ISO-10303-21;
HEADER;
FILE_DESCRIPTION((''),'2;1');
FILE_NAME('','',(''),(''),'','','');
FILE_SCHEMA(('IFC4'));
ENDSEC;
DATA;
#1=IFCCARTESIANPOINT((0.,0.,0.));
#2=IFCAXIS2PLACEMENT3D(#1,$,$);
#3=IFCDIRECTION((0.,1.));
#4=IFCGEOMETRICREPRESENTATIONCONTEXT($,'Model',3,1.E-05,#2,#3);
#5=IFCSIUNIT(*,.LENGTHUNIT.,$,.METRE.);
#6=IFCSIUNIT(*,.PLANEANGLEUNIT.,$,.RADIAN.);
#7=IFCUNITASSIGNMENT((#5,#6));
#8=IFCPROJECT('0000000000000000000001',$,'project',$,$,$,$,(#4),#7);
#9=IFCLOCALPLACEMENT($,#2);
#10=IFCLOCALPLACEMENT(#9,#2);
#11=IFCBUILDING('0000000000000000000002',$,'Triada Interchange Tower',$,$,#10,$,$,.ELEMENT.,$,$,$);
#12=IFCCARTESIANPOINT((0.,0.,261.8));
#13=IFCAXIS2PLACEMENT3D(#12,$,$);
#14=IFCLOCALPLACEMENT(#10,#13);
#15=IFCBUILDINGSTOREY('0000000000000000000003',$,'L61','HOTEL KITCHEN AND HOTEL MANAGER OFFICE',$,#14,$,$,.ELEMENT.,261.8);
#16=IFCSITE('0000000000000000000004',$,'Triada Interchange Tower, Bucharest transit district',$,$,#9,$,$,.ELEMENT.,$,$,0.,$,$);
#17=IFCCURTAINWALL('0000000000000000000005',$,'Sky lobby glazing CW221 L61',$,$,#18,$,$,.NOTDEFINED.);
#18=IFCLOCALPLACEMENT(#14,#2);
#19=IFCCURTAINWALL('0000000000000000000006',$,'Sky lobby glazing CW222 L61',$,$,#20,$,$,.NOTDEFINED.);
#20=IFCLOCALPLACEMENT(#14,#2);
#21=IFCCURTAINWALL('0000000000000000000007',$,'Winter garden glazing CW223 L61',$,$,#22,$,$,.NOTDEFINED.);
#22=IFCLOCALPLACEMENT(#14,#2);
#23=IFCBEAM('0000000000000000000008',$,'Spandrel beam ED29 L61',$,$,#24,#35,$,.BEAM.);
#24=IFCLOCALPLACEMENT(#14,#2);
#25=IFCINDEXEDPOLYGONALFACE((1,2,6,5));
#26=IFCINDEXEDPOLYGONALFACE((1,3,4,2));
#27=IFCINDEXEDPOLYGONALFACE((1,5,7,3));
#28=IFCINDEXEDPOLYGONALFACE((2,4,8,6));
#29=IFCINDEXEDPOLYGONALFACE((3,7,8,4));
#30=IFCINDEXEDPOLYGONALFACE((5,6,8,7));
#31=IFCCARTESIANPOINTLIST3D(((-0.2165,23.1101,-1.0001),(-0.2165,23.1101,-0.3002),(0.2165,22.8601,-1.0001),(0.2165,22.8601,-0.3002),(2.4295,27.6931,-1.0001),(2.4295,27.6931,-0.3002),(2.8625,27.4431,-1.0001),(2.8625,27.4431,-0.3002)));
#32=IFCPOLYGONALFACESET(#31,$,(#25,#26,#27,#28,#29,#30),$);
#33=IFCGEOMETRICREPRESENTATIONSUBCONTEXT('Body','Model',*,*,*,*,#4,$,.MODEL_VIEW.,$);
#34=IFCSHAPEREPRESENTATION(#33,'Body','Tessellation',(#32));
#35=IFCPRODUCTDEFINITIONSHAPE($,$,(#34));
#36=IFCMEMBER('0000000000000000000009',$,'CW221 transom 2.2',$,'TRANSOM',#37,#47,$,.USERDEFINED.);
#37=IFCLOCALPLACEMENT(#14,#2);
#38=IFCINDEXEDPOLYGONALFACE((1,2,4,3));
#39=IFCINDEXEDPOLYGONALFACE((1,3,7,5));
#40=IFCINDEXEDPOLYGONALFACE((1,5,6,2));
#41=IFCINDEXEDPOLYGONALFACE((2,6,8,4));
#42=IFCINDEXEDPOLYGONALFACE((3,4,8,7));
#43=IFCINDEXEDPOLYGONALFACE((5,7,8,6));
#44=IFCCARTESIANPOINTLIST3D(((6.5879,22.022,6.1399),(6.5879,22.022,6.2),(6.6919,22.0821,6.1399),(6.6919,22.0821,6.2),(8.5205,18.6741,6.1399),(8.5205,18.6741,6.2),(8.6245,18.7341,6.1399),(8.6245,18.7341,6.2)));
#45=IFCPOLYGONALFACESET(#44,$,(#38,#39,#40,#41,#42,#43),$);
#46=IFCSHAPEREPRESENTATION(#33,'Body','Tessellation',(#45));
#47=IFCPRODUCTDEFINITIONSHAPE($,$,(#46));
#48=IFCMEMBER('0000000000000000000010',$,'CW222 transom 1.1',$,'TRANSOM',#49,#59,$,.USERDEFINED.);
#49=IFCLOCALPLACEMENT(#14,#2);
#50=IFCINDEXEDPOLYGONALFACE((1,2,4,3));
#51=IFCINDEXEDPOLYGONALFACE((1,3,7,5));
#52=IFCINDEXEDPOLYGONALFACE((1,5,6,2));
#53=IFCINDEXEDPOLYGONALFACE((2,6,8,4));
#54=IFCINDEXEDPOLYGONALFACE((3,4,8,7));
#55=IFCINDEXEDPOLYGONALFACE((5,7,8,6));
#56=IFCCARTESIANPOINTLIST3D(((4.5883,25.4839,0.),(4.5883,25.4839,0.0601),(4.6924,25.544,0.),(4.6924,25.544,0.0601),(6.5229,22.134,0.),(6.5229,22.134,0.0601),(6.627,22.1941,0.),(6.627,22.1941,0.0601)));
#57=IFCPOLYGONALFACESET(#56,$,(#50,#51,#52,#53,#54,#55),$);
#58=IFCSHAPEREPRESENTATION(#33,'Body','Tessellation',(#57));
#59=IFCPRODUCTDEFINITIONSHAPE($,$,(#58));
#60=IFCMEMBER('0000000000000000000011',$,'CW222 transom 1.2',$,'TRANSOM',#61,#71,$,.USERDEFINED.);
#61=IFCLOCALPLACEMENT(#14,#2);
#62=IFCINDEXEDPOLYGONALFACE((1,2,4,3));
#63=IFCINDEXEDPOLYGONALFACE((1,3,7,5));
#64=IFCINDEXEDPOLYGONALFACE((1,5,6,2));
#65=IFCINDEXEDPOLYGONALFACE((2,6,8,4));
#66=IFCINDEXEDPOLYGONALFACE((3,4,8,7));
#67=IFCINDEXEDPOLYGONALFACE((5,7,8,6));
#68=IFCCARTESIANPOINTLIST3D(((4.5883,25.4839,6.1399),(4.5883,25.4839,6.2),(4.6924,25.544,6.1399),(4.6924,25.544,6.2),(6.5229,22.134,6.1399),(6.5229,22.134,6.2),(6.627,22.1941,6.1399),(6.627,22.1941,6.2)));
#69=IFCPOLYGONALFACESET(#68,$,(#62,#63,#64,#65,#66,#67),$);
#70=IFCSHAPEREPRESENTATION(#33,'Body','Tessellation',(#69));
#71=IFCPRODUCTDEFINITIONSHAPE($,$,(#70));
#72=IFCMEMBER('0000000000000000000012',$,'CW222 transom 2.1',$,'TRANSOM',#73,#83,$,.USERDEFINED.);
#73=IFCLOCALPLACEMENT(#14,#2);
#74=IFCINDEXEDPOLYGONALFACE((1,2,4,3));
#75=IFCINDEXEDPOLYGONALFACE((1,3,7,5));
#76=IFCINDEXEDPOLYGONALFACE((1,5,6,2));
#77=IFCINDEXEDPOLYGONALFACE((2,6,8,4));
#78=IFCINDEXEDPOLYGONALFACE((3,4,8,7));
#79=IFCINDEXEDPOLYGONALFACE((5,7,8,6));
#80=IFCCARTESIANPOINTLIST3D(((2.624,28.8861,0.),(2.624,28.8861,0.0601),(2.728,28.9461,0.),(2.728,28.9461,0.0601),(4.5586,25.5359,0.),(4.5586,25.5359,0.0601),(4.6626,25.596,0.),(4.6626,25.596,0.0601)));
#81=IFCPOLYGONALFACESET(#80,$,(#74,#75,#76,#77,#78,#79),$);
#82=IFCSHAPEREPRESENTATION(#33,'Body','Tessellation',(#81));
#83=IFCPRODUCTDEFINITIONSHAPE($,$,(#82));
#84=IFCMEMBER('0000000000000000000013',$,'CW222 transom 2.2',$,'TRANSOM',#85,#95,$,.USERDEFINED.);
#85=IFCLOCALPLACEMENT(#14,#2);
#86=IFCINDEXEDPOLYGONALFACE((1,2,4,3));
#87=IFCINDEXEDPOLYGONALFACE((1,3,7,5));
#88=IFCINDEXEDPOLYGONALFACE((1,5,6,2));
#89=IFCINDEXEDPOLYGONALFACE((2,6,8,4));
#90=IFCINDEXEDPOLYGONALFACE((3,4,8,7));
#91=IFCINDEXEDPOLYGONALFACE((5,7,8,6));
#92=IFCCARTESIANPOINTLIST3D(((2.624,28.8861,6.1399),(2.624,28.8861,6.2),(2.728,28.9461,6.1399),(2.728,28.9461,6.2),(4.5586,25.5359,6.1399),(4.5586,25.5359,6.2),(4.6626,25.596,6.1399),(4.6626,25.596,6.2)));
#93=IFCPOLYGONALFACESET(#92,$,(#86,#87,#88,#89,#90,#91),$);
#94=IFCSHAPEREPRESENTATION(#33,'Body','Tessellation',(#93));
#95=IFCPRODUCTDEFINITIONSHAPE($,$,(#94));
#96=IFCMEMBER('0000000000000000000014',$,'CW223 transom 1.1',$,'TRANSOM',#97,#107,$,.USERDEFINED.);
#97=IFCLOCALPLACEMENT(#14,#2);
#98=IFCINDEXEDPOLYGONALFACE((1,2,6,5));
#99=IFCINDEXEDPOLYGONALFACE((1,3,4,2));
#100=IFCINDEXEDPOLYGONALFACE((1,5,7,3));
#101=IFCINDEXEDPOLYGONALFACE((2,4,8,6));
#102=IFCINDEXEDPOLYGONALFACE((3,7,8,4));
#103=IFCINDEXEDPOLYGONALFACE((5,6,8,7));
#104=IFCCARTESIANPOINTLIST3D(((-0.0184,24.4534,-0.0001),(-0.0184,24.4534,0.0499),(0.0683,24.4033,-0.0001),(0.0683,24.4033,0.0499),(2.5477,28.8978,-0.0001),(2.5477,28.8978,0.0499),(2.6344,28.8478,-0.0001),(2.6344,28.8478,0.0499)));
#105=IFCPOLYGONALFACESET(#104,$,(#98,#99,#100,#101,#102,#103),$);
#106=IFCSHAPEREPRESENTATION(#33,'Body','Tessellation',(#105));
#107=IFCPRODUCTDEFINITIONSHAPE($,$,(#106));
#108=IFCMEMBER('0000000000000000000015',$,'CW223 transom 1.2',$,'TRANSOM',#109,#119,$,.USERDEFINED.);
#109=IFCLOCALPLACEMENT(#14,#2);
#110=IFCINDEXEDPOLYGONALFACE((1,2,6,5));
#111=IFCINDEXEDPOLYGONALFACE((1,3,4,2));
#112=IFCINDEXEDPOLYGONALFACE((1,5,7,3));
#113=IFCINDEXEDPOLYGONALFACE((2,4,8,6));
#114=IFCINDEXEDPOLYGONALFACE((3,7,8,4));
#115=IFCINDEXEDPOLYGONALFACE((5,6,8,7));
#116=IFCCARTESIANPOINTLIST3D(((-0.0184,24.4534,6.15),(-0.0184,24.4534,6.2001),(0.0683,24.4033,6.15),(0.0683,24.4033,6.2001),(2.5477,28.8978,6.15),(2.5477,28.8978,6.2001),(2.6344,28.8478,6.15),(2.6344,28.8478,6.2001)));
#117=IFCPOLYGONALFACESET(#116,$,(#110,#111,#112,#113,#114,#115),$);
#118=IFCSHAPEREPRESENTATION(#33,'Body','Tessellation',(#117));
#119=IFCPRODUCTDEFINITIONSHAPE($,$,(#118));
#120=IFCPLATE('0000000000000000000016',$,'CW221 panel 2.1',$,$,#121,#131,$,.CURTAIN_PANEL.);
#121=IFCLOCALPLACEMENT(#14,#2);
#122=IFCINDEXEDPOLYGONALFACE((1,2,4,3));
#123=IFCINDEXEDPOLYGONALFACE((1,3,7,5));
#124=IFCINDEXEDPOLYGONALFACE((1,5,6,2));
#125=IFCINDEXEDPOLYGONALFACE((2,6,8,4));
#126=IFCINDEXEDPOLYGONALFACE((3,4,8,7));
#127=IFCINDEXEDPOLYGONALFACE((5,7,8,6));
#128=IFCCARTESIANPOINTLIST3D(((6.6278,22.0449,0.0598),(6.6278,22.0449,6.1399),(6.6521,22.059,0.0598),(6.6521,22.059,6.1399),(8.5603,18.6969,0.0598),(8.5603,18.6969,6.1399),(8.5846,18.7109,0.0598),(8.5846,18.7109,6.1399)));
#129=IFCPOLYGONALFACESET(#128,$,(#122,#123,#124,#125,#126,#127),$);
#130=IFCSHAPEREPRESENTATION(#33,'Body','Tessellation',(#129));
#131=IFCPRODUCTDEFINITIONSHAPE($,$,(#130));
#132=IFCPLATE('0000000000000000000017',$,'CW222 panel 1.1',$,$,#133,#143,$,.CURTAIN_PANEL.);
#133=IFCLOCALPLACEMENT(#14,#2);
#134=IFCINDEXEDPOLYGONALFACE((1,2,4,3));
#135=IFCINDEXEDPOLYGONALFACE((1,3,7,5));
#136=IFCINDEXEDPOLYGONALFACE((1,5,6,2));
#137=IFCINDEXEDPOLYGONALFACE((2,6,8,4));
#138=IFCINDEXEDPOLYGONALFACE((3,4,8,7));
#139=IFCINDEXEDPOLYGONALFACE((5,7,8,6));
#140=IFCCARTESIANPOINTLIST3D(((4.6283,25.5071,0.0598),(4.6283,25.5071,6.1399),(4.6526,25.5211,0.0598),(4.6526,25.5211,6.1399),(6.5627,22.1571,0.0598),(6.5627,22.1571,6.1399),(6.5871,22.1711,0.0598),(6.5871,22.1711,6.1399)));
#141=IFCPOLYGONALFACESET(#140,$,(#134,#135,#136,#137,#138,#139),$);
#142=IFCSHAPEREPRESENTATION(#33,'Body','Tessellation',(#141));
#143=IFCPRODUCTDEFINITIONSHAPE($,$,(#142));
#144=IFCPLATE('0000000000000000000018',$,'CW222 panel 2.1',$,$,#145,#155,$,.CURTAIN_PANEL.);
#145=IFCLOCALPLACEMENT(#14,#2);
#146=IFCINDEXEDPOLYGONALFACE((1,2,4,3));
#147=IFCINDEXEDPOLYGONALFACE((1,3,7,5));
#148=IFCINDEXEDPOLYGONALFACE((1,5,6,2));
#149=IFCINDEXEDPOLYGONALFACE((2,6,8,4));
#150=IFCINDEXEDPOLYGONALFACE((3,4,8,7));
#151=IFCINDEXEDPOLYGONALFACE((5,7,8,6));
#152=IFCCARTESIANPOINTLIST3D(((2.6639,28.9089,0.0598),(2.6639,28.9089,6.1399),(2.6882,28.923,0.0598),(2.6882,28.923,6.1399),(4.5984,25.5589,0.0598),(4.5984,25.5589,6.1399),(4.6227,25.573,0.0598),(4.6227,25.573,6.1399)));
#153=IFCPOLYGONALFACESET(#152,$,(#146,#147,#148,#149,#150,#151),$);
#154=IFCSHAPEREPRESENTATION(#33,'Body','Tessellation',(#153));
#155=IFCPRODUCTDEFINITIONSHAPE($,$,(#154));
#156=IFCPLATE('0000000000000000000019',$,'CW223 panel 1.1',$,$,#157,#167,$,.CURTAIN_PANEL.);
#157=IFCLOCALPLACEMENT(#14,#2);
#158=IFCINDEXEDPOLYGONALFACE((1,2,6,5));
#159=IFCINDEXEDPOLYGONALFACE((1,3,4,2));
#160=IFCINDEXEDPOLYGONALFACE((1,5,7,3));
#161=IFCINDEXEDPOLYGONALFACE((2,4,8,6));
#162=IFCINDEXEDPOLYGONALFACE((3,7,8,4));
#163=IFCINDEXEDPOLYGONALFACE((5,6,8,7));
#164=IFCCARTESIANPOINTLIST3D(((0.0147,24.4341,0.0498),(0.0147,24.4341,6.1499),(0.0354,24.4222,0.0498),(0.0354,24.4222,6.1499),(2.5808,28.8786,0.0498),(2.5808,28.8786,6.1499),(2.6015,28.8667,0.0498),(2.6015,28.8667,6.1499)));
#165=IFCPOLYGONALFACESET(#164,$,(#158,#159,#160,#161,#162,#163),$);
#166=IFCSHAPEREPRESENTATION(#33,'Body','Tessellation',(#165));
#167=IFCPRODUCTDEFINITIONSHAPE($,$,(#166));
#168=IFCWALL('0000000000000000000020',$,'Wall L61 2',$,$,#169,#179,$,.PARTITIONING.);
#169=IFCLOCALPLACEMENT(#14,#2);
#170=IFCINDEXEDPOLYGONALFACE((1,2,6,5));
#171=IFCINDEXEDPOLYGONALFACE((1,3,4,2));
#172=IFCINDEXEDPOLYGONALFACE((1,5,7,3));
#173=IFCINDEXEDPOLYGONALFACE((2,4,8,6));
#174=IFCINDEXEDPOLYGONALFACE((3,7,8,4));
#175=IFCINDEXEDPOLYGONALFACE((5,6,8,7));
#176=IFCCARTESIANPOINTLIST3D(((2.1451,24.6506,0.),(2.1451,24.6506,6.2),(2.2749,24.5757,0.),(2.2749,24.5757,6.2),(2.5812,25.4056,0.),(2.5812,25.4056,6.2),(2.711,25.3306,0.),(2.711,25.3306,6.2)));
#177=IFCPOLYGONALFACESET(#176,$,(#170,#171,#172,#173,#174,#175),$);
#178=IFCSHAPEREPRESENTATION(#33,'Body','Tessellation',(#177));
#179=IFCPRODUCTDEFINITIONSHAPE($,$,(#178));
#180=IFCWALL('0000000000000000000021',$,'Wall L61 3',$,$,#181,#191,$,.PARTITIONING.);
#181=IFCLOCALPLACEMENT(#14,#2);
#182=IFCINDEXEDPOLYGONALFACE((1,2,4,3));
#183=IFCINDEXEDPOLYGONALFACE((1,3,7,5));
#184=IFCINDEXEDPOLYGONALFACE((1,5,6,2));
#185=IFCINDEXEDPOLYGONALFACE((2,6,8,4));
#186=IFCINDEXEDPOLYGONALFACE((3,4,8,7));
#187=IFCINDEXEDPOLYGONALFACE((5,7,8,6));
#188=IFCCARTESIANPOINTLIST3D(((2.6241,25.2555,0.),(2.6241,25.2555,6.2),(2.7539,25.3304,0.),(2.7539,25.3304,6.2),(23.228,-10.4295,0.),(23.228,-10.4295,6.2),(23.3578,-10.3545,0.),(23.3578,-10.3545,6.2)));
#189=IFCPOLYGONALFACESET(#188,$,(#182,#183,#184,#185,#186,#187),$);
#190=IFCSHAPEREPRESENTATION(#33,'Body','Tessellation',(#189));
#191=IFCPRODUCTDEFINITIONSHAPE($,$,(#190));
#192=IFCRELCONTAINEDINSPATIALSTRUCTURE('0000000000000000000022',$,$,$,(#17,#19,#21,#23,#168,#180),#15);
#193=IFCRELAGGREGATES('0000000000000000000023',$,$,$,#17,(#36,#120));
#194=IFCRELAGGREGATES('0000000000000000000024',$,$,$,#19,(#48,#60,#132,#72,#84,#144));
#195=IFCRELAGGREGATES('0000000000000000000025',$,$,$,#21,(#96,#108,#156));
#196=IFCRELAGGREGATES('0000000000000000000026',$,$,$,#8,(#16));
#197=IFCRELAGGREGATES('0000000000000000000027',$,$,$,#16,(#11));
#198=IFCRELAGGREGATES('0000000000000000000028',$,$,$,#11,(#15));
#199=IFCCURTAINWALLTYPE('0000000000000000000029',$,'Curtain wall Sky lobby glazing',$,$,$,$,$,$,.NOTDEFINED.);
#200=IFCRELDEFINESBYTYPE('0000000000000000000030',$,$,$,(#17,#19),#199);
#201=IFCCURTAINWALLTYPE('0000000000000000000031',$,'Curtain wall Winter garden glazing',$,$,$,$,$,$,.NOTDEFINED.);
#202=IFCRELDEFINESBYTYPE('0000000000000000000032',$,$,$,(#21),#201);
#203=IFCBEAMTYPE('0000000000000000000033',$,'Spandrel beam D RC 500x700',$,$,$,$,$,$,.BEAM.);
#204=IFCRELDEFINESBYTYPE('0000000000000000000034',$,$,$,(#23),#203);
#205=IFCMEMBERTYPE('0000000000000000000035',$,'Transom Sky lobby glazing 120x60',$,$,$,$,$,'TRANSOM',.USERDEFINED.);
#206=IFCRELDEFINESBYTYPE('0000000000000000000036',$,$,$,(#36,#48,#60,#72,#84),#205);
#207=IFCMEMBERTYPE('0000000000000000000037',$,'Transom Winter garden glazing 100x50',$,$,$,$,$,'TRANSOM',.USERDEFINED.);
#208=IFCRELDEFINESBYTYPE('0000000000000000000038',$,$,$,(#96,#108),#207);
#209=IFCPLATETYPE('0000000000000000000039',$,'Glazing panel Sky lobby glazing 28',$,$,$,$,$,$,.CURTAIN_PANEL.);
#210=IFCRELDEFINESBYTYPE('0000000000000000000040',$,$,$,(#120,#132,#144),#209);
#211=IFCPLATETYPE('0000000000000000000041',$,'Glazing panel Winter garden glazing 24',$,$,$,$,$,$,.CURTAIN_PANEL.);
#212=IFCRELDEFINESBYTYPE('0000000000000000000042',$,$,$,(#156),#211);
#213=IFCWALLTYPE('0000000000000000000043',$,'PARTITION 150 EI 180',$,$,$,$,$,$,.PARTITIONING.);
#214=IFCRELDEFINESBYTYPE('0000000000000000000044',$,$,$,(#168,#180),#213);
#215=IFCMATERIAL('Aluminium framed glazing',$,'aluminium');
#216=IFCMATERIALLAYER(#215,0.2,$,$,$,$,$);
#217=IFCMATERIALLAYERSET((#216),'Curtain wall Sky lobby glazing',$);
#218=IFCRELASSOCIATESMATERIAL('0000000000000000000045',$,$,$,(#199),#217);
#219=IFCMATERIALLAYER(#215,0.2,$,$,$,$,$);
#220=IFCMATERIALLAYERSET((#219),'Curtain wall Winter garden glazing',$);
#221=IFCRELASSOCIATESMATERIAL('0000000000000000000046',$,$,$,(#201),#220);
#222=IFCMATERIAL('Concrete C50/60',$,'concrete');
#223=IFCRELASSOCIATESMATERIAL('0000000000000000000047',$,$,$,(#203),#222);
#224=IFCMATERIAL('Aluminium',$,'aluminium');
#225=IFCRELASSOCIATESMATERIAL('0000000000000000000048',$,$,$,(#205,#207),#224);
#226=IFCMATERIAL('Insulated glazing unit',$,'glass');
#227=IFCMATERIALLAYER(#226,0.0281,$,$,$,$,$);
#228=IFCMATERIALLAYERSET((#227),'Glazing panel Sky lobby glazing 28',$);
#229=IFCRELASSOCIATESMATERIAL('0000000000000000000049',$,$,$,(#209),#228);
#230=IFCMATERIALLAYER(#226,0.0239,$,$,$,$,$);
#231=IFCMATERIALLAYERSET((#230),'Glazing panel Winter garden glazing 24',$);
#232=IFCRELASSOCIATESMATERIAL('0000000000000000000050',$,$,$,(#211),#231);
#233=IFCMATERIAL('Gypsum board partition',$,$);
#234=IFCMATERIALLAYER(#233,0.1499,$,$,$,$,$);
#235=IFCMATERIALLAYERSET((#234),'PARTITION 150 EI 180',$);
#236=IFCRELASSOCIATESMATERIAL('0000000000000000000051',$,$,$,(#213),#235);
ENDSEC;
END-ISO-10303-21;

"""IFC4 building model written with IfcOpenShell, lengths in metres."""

from ifc_helpers import new_model, si_unit, direction, frame, frame_2d, origin, origin_2d, place, context, subcontext, project, spatial, rectangle, extrude, material, layer, layer_set, material_profile, profile_set, type_object, element, aggregate, save


model = new_model("IFC4")

# Units and contexts
model_context = context("Model", 3, precision=1e-05, world=origin(), true_north=direction((0.0, 1.0)))
body_context = subcontext(model_context, "Body", "Model", "MODEL_VIEW")
ifc_project = project(units=[si_unit("LENGTHUNIT", "METRE"), si_unit("PLANEANGLEUNIT", "RADIAN")], contexts=[model_context])

# Site, building, storey
site_placement = place(None, origin())
site = spatial("IfcSite", under=ifc_project, at=site_placement, Name="Triada Interchange Tower, Bucharest transit district", CompositionType="ELEMENT", RefElevation=0.0)
building_placement = place(site_placement, origin())
building = spatial("IfcBuilding", under=site, at=building_placement, Name="Triada Interchange Tower", CompositionType="ELEMENT")
storey_placement = place(building_placement, frame((0.0, 0.0, 261.8)))
storey = spatial("IfcBuildingStorey", under=building, at=storey_placement, Name="L61", Description="HOTEL KITCHEN AND HOTEL MANAGER OFFICE", CompositionType="ELEMENT", Elevation=261.8)

# Curtain wall
ifc_material_1 = material(Name="Aluminium framed glazing", Category="aluminium")
ifc_layer_1 = layer(ifc_material_1, 0.2)
ifc_layer_set_1 = layer_set([ifc_layer_1], Name="Curtain wall Sky lobby glazing")
curtain_wall_type_1 = type_object("IfcCurtainWallType", Name="Curtain wall Sky lobby glazing", PredefinedType="NOTDEFINED", material=ifc_layer_set_1)
curtain_wall_1_placement = place(storey_placement, origin())
curtain_wall_1 = element("IfcCurtainWall", 1, at=curtain_wall_1_placement, inside=storey, type_object=curtain_wall_type_1, Name="Sky lobby glazing CW221 L61", PredefinedType="NOTDEFINED")
ifc_material_2 = material(Name="Aluminium", Category="aluminium")

# Curtain walls
curtain_wall_2_placement = place(storey_placement, origin())
curtain_wall_2 = element("IfcCurtainWall", 2, at=curtain_wall_2_placement, inside=storey, type_object=curtain_wall_type_1, Name="Sky lobby glazing CW222 L61", PredefinedType="NOTDEFINED")
ifc_layer_2 = layer(ifc_material_1, 0.2)
ifc_layer_set_2 = layer_set([ifc_layer_2], Name="Curtain wall Winter garden glazing")
curtain_wall_type_2 = type_object("IfcCurtainWallType", Name="Curtain wall Winter garden glazing", PredefinedType="NOTDEFINED", material=ifc_layer_set_2)
curtain_wall_3_placement = place(storey_placement, origin())
curtain_wall_3 = element("IfcCurtainWall", 3, at=curtain_wall_3_placement, inside=storey, type_object=curtain_wall_type_2, Name="Winter garden glazing CW223 L61", PredefinedType="NOTDEFINED")

# Beam
ifc_material_3 = material(Name="Concrete C50/60", Category="concrete")
ifc_material_profile_1 = material_profile(ifc_material_3, rectangle(XDim=0.5, YDim=0.7, at=origin_2d()), Name="RC 500x700")
ifc_profile_set_1 = profile_set([ifc_material_profile_1], Name="Concrete C50/60")
beam_type_1 = type_object("IfcBeamType", Name="Spandrel beam D RC 500x700", PredefinedType="BEAM", material=ifc_profile_set_1)
beam_1_placement = place(storey_placement, frame((2.646, 27.5681, -0.6501), z_axis=(-0.499999, -0.866026, 0.0), x_axis=(0.866026, -0.499999, 0.0)))
element("IfcBeam", 4, at=beam_1_placement, inside=storey, type_object=beam_type_1, Name="Spandrel beam ED29 L61", PredefinedType="BEAM", context=body_context, shape_type="SweptSolid", body=[
    extrude(rectangle(XDim=0.5, YDim=0.7, at=origin_2d()), origin(), (0.0, 0.0, 1.0), 5.292),
])

# Members
ifc_material_profile_2 = material_profile(ifc_material_2, rectangle(XDim=0.1201, YDim=0.0601, at=origin_2d()), Name="Aluminium transom")
ifc_profile_set_2 = profile_set([ifc_material_profile_2], Name="Aluminium")
member_type_1 = type_object("IfcMemberType", Name="Transom Sky lobby glazing 120x60", ElementType="TRANSOM", PredefinedType="USERDEFINED", material=ifc_profile_set_2)
member_1_placement = place(storey_placement, frame((8.5725, 18.7041, 6.1699), z_axis=(-0.499943, 0.866058, 0.0), x_axis=(-0.866058, -0.499943, 0.0)))
member_1 = element("IfcMember", 5, at=member_1_placement, type_object=member_type_1, Name="CW221 transom 2.2", ObjectType="TRANSOM", PredefinedType="USERDEFINED", context=body_context, shape_type="SweptSolid", body=[
    extrude(rectangle(XDim=0.1201, YDim=0.0601, at=origin_2d()), origin(), (0.0, 0.0, 1.0), 3.8657),
])
member_2_placement = place(storey_placement, frame((6.575, 22.1641, 0.03), z_axis=(-0.500103, 0.865966, 0.0), x_axis=(-0.865966, -0.500103, 0.0)))
member_2 = element("IfcMember", 6, at=member_2_placement, type_object=member_type_1, Name="CW222 transom 1.1", ObjectType="TRANSOM", PredefinedType="USERDEFINED", context=body_context, shape_type="SweptSolid", body=[
    extrude(rectangle(XDim=0.1201, YDim=0.0601, at=origin_2d()), origin(), (0.0, 0.0, 1.0), 3.8684),
])
member_3_placement = place(storey_placement, frame((6.575, 22.1641, 6.1699), z_axis=(-0.500103, 0.865966, 0.0), x_axis=(-0.865966, -0.500103, 0.0)))
member_3 = element("IfcMember", 7, at=member_3_placement, type_object=member_type_1, Name="CW222 transom 1.2", ObjectType="TRANSOM", PredefinedType="USERDEFINED", context=body_context, shape_type="SweptSolid", body=[
    extrude(rectangle(XDim=0.1201, YDim=0.0601, at=origin_2d()), origin(), (0.0, 0.0, 1.0), 3.8684),
])
member_4_placement = place(storey_placement, frame((4.6106, 25.5659, 0.03), z_axis=(-0.500076, 0.865982, 0.0), x_axis=(-0.865982, -0.500076, 0.0)))
member_4 = element("IfcMember", 8, at=member_4_placement, type_object=member_type_1, Name="CW222 transom 2.1", ObjectType="TRANSOM", PredefinedType="USERDEFINED", context=body_context, shape_type="SweptSolid", body=[
    extrude(rectangle(XDim=0.1201, YDim=0.0601, at=origin_2d()), origin(), (0.0, 0.0, 1.0), 3.8687),
])
member_5_placement = place(storey_placement, frame((4.6106, 25.5659, 6.1699), z_axis=(-0.500076, 0.865982, 0.0), x_axis=(-0.865982, -0.500076, 0.0)))
member_5 = element("IfcMember", 9, at=member_5_placement, type_object=member_type_1, Name="CW222 transom 2.2", ObjectType="TRANSOM", PredefinedType="USERDEFINED", context=body_context, shape_type="SweptSolid", body=[
    extrude(rectangle(XDim=0.1201, YDim=0.0601, at=origin_2d()), origin(), (0.0, 0.0, 1.0), 3.8687),
])
ifc_material_profile_3 = material_profile(ifc_material_2, rectangle(XDim=0.1001, YDim=0.05, at=origin_2d()), Name="Aluminium transom")
ifc_profile_set_3 = profile_set([ifc_material_profile_3], Name="Aluminium")
member_type_2 = type_object("IfcMemberType", Name="Transom Winter garden glazing 100x50", ElementType="TRANSOM", PredefinedType="USERDEFINED", material=ifc_profile_set_3)
member_6_placement = place(storey_placement, frame((2.5911, 28.8728, 0.0249), z_axis=(-0.500012, -0.866018, 0.0), x_axis=(0.866018, -0.500012, 0.0)))
member_6 = element("IfcMember", 10, at=member_6_placement, type_object=member_type_2, Name="CW223 transom 1.1", ObjectType="TRANSOM", PredefinedType="USERDEFINED", context=body_context, shape_type="SweptSolid", body=[
    extrude(rectangle(XDim=0.1001, YDim=0.05, at=origin_2d()), origin(), (0.0, 0.0, 1.0), 5.1321),
])
member_7_placement = place(storey_placement, frame((2.5911, 28.8728, 6.175), z_axis=(-0.500012, -0.866018, 0.0), x_axis=(0.866018, -0.500012, 0.0)))
member_7 = element("IfcMember", 11, at=member_7_placement, type_object=member_type_2, Name="CW223 transom 1.2", ObjectType="TRANSOM", PredefinedType="USERDEFINED", context=body_context, shape_type="SweptSolid", body=[
    extrude(rectangle(XDim=0.1001, YDim=0.05, at=origin_2d()), origin(), (0.0, 0.0, 1.0), 5.1321),
])

# Plates
ifc_material_4 = material(Name="Insulated glazing unit", Category="glass")
ifc_layer_3 = layer(ifc_material_4, 0.0281)
ifc_layer_set_3 = layer_set([ifc_layer_3], Name="Glazing panel Sky lobby glazing 28")
plate_type_1 = type_object("IfcPlateType", Name="Glazing panel Sky lobby glazing 28", PredefinedType="CURTAIN_PANEL", material=ifc_layer_set_3)
plate_1_placement = place(storey_placement, frame((7.6062, 20.3779, 0.0598), z_axis=(0.0, 0.0, 1.0), x_axis=(-0.499905, 0.86608, 0.0)))
plate_1 = element("IfcPlate", 12, at=plate_1_placement, type_object=plate_type_1, Name="CW221 panel 2.1", PredefinedType="CURTAIN_PANEL", context=body_context, shape_type="SweptSolid", body=[
    extrude(rectangle(XDim=3.8657, YDim=0.0281, at=origin_2d()), origin(), (0.0, 0.0, 1.0), 6.0801),
])
aggregate(curtain_wall_1, [member_1, plate_1])
plate_2_placement = place(storey_placement, frame((5.6077, 23.8391, 0.0598), z_axis=(0.0, 0.0, 1.0), x_axis=(-0.500065, 0.865988, 0.0)))
plate_2 = element("IfcPlate", 13, at=plate_2_placement, type_object=plate_type_1, Name="CW222 panel 1.1", PredefinedType="CURTAIN_PANEL", context=body_context, shape_type="SweptSolid", body=[
    extrude(rectangle(XDim=3.8684, YDim=0.0281, at=origin_2d()), origin(), (0.0, 0.0, 1.0), 6.0801),
])
plate_3_placement = place(storey_placement, frame((3.6433, 27.241, 0.0598), z_axis=(0.0, 0.0, 1.0), x_axis=(-0.500065, 0.865988, 0.0)))
plate_3 = element("IfcPlate", 14, at=plate_3_placement, type_object=plate_type_1, Name="CW222 panel 2.1", PredefinedType="CURTAIN_PANEL", context=body_context, shape_type="SweptSolid", body=[
    extrude(rectangle(XDim=3.8684, YDim=0.0281, at=origin_2d()), origin(), (0.0, 0.0, 1.0), 6.0801),
])
aggregate(curtain_wall_2, [member_2, member_3, plate_2, member_4, member_5, plate_3])
ifc_layer_4 = layer(ifc_material_4, 0.0239)
ifc_layer_set_4 = layer_set([ifc_layer_4], Name="Glazing panel Winter garden glazing 24")
plate_type_2 = type_object("IfcPlateType", Name="Glazing panel Winter garden glazing 24", PredefinedType="CURTAIN_PANEL", material=ifc_layer_set_4)
plate_4_placement = place(storey_placement, frame((1.3081, 26.6504, 0.0498), z_axis=(0.0, 0.0, 1.0), x_axis=(-0.500004, -0.866023, 0.0)))
plate_4 = element("IfcPlate", 15, at=plate_4_placement, type_object=plate_type_2, Name="CW223 panel 1.1", PredefinedType="CURTAIN_PANEL", context=body_context, shape_type="SweptSolid", body=[
    extrude(rectangle(XDim=5.1321, YDim=0.0239, at=origin_2d()), origin(), (0.0, 0.0, 1.0), 6.1001),
])
aggregate(curtain_wall_3, [member_6, member_7, plate_4])

# Walls
ifc_material_5 = material(Name="Gypsum board partition")
ifc_layer_5 = layer(ifc_material_5, 0.1499)
ifc_layer_set_5 = layer_set([ifc_layer_5], Name="PARTITION 150 EI 180")
wall_type = type_object("IfcWallType", Name="PARTITION 150 EI 180", PredefinedType="PARTITIONING", material=ifc_layer_set_5)
wall_1_placement = place(storey_placement, frame((2.21, 24.613, 0.0), z_axis=(0.0, 0.0, 1.0), x_axis=(0.500175, 0.865924, 0.0)))
element("IfcWall", 16, at=wall_1_placement, inside=storey, type_object=wall_type, Name="Wall L61 2", PredefinedType="PARTITIONING", context=body_context, shape_type="SweptSolid", body=[
    extrude(rectangle(XDim=0.8718, YDim=0.1499, at=frame_2d((0.436, 0.0))), origin(), (0.0, 0.0, 1.0), 6.2),
])
wall_2_placement = place(storey_placement, frame((2.689, 25.293, 0.0), z_axis=(0.0, 0.0, 1.0), x_axis=(0.500022, -0.866013, 0.0)))
element("IfcWall", 17, at=wall_2_placement, inside=storey, type_object=wall_type, Name="Wall L61 3", PredefinedType="PARTITIONING", context=body_context, shape_type="SweptSolid", body=[
    extrude(rectangle(XDim=41.2061, YDim=0.1499, at=frame_2d((20.603, 0.0))), origin(), (0.0, 0.0, 1.0), 6.2),
])

save(model, "model.ifc")
